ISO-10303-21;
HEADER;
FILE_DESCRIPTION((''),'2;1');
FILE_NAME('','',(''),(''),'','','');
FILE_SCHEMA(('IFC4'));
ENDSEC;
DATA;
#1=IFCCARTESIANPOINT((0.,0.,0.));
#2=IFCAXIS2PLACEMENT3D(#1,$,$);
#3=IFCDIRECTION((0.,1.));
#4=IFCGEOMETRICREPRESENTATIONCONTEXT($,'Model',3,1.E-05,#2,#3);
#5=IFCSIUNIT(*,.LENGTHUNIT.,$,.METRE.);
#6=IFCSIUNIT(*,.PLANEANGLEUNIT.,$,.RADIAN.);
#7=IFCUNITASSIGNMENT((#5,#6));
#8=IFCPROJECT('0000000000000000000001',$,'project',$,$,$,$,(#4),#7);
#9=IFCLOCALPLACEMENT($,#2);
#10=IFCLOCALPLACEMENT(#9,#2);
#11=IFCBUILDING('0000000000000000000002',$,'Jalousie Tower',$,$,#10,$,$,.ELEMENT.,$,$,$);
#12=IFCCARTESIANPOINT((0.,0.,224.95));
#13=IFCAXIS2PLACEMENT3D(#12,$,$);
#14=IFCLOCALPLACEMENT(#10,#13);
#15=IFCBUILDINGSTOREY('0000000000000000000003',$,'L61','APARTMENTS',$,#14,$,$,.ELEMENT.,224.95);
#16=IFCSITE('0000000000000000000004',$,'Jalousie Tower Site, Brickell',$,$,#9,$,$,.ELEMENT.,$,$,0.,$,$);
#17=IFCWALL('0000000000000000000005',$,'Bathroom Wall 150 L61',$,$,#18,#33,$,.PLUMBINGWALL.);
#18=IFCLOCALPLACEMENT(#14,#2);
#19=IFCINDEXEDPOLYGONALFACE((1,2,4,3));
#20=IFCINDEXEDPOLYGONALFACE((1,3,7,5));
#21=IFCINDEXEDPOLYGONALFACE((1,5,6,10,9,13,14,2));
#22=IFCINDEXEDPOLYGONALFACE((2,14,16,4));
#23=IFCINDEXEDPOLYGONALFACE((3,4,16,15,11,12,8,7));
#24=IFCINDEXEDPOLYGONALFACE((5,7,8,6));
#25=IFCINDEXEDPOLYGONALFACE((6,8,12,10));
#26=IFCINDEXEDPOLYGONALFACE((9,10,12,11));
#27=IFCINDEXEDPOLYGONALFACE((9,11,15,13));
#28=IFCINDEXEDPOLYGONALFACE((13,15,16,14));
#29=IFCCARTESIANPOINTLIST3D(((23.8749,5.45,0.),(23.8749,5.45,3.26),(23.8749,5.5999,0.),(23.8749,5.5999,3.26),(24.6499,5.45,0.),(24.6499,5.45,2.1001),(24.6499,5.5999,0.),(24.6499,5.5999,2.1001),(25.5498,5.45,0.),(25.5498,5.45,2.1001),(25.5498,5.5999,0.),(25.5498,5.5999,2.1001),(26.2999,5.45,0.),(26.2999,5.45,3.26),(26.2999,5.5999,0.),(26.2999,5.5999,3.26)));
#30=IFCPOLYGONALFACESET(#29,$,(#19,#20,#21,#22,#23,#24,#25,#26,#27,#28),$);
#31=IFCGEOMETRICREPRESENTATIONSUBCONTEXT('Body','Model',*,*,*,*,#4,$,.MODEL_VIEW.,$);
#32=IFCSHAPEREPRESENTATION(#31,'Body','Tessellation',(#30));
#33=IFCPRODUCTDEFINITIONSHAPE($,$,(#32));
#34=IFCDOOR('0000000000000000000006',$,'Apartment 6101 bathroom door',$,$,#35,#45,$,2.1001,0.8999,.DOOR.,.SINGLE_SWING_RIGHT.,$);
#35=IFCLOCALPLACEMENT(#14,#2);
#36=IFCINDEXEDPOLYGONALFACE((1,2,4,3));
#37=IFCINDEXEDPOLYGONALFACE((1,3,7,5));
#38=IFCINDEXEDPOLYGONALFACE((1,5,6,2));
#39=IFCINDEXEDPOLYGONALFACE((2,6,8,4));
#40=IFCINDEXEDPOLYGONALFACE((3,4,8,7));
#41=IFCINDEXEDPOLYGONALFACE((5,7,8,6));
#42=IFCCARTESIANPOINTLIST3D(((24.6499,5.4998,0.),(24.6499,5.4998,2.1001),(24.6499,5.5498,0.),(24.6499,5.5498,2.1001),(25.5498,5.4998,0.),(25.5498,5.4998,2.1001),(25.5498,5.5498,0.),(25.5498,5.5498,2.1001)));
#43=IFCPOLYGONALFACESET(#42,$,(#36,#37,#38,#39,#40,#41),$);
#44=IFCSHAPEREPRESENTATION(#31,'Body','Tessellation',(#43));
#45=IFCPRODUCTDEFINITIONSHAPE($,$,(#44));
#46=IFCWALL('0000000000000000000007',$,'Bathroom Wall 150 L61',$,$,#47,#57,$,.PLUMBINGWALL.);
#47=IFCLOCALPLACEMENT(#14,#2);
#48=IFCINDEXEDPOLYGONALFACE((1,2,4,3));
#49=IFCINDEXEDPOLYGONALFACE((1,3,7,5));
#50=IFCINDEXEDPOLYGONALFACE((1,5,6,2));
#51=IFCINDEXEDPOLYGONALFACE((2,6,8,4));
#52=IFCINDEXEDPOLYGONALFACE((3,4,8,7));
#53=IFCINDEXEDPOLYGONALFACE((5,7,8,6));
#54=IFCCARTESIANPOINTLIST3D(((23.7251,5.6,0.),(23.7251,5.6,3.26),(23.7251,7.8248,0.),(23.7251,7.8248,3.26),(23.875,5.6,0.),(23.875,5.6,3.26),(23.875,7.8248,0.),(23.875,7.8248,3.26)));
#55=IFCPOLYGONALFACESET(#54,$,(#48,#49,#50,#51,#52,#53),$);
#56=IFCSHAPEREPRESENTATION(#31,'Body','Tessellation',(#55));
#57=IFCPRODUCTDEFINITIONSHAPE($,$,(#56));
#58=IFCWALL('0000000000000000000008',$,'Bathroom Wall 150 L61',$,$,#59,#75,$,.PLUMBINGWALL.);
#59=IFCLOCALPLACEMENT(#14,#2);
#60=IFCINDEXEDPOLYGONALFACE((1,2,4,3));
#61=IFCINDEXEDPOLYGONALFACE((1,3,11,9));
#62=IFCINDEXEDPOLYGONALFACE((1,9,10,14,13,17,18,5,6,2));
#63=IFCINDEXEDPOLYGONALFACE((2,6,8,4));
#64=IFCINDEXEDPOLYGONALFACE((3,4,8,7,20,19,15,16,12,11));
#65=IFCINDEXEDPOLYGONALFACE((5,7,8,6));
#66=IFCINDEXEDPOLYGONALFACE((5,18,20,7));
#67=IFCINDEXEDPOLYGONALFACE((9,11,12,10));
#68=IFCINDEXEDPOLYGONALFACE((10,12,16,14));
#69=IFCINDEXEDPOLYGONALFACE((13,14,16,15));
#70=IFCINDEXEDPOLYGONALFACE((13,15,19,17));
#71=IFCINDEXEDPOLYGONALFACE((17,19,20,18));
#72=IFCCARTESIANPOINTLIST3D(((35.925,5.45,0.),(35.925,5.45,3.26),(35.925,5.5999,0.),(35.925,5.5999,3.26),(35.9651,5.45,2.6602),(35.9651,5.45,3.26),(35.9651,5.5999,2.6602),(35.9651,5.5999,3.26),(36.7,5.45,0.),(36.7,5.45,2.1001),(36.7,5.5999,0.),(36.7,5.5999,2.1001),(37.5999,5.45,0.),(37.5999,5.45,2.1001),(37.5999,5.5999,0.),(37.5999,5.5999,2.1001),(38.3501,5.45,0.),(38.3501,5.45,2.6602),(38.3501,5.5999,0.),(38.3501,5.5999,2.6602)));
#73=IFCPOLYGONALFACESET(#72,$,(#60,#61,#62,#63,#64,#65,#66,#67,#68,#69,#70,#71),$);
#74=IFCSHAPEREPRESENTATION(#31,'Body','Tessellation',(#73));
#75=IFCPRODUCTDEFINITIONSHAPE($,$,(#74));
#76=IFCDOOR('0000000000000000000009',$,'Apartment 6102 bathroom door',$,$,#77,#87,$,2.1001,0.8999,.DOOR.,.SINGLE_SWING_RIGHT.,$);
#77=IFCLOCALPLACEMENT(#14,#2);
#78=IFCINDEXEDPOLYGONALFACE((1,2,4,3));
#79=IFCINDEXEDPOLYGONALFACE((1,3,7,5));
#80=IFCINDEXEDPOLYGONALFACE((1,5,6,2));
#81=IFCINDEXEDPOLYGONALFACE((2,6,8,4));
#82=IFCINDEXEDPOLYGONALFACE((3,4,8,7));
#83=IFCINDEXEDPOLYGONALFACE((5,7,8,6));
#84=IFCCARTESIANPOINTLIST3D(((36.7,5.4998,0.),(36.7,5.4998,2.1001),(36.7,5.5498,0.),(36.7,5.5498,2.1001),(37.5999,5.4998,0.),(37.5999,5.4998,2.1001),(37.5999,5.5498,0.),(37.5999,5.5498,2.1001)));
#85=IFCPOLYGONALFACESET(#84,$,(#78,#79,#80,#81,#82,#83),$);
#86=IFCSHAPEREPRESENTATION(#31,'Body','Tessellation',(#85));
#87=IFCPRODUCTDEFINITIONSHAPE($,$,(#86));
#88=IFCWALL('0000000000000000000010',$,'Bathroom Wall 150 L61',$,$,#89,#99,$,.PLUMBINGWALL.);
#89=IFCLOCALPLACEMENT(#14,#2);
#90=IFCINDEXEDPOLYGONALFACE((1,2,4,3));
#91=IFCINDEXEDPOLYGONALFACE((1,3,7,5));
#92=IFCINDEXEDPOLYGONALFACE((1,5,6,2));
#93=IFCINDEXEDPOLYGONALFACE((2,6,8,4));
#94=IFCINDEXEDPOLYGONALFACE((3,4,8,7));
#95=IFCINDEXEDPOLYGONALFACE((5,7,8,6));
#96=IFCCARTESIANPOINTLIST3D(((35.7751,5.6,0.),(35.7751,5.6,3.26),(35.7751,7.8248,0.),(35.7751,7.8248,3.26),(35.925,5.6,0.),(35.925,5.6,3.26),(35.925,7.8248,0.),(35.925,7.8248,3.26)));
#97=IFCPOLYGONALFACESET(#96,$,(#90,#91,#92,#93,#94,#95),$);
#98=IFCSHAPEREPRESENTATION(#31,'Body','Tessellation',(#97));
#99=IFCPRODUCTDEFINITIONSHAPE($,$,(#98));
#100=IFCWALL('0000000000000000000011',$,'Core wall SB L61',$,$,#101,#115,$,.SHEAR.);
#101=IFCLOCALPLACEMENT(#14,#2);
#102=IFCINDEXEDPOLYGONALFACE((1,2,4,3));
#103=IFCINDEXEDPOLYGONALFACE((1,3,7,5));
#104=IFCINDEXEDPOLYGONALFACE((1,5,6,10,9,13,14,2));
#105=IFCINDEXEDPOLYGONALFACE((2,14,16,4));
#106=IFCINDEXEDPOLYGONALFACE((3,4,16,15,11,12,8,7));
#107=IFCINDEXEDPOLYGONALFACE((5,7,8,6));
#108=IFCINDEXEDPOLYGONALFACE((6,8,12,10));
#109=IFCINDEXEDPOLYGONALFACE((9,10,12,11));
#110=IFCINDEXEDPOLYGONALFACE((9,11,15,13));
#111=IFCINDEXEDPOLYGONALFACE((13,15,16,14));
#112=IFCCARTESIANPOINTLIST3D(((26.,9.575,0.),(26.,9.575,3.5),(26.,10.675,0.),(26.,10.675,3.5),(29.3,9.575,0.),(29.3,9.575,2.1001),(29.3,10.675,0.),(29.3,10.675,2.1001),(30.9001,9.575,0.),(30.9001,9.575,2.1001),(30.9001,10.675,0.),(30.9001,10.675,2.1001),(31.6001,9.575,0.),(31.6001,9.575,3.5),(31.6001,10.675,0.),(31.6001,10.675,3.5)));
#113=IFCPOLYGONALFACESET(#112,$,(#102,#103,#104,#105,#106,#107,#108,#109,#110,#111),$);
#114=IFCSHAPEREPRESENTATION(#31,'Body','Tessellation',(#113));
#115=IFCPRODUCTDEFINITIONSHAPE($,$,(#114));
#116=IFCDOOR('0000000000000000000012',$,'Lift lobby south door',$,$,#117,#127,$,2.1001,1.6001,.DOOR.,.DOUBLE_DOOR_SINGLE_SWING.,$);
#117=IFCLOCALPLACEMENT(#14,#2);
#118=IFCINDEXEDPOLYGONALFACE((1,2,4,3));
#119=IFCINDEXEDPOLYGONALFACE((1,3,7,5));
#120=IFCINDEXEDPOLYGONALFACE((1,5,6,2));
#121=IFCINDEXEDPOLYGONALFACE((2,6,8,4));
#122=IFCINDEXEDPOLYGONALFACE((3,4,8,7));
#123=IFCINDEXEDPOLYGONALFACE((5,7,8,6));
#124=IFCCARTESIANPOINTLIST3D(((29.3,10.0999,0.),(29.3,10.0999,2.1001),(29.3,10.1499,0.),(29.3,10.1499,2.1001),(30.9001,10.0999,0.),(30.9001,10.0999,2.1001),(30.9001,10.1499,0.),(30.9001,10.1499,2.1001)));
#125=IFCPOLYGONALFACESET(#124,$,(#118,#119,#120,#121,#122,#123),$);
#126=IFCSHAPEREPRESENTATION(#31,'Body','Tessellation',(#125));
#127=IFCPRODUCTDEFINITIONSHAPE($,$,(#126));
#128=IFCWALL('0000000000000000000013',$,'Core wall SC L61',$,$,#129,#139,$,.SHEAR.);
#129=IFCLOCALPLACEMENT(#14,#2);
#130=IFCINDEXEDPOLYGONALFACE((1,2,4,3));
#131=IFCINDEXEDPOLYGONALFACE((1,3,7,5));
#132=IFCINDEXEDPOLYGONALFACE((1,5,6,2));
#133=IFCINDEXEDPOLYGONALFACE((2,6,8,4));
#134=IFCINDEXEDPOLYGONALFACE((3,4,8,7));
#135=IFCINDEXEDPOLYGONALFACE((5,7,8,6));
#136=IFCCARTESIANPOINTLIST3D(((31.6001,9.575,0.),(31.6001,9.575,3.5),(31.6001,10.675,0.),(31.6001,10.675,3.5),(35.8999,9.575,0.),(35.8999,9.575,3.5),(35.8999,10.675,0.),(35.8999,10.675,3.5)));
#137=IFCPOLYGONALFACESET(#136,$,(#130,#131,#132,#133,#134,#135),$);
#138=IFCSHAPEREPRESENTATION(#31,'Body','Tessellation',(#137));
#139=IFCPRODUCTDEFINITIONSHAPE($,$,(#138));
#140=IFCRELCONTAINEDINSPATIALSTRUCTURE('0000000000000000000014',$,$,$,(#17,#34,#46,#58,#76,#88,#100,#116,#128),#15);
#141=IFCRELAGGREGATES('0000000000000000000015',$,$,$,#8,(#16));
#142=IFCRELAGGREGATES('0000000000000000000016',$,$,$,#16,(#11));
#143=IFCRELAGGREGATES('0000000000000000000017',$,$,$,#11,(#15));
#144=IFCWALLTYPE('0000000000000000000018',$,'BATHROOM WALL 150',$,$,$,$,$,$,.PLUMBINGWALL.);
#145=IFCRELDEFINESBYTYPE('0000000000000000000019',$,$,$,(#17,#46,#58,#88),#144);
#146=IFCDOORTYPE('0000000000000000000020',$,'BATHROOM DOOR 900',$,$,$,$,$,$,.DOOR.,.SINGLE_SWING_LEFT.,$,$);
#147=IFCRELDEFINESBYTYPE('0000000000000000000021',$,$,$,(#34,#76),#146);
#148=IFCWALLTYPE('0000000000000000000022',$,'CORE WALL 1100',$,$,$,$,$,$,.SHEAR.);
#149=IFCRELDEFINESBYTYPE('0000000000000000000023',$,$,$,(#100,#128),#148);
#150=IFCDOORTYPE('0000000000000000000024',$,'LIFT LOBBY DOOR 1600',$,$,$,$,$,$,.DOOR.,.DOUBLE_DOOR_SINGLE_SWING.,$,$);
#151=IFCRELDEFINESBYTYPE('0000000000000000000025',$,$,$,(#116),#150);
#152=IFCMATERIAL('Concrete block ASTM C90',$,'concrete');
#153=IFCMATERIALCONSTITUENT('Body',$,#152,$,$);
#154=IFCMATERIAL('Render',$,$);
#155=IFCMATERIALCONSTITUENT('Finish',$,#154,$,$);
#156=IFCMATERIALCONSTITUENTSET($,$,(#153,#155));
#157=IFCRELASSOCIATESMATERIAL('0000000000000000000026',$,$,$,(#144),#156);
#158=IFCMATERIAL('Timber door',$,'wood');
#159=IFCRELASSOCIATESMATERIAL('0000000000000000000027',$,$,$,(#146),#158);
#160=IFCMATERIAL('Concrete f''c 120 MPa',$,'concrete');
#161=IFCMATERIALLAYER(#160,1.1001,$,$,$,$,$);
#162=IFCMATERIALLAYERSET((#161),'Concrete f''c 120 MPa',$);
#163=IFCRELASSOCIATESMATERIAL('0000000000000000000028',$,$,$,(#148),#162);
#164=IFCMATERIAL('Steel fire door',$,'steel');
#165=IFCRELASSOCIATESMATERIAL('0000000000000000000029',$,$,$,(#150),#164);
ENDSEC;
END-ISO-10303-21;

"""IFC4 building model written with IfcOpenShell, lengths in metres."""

from ifc_helpers import new_model, si_unit, direction, frame, frame_2d, origin, place, context, subcontext, project, spatial, polyline, rectangle, outline, extrude, material, layer, layer_set, constituent, constituent_set, type_object, element, fill, save


model = new_model("IFC4")

# Units and contexts
model_context = context("Model", 3, precision=1e-05, world=origin(), true_north=direction((0.0, 1.0)))
body_context = subcontext(model_context, "Body", "Model", "MODEL_VIEW")
ifc_project = project(units=[si_unit("LENGTHUNIT", "METRE"), si_unit("PLANEANGLEUNIT", "RADIAN")], contexts=[model_context])

# Site, building, storey
site_placement = place(None, origin())
site = spatial("IfcSite", under=ifc_project, at=site_placement, Name="Jalousie Tower Site, Brickell", CompositionType="ELEMENT", RefElevation=0.0)
building_placement = place(site_placement, origin())
building = spatial("IfcBuilding", under=site, at=building_placement, Name="Jalousie Tower", CompositionType="ELEMENT")
storey_placement = place(building_placement, frame((0.0, 0.0, 224.95)))
storey = spatial("IfcBuildingStorey", under=building, at=storey_placement, Name="L61", Description="APARTMENTS", CompositionType="ELEMENT", Elevation=224.95)

# Wall, opening, door
ifc_material_1 = material(Name="Concrete block ASTM C90", Category="concrete")
ifc_constituent_1 = constituent(ifc_material_1, Name="Body")
ifc_material_2 = material(Name="Render")
ifc_constituent_2 = constituent(ifc_material_2, Name="Finish")
ifc_constituent_set_1 = constituent_set(constituents=[ifc_constituent_1, ifc_constituent_2])
wall_type_1 = type_object("IfcWallType", Name="BATHROOM WALL 150", PredefinedType="PLUMBINGWALL", material=ifc_constituent_set_1)
wall_1_placement = place(storey_placement, frame((23.875, 5.5249, 0.0), z_axis=(0.0, 0.0, 1.0), x_axis=(1.0, 0.0, 0.0)))
wall_1 = element("IfcWall", 1, at=wall_1_placement, inside=storey, type_object=wall_type_1, Name="Bathroom Wall 150 L61", PredefinedType="PLUMBINGWALL", context=body_context, shape_type="SweptSolid", body=[
    extrude(rectangle(XDim=2.425, YDim=0.1499, at=frame_2d((1.2124, 0.0))), origin(), (0.0, 0.0, 1.0), 3.26),
])
opening_1_placement = place(wall_1_placement, frame((0.7749, 0.0, 0.0)))
opening_1 = element("IfcOpeningElement", 2, at=opening_1_placement, cuts=wall_1, PredefinedType="OPENING", context=body_context, shape_type="SweptSolid", body=[
    extrude(rectangle(XDim=0.8999, YDim=2.1001, at=frame_2d((0.45, 1.05))), frame((0.0, 0.085, 0.0), z_axis=(0.0, -1.0, 0.0), x_axis=(1.0, 0.0, 0.0)), (0.0, 0.0, 1.0), 0.1699),
])
ifc_material_3 = material(Name="Timber door", Category="wood")
door_type_1 = type_object("IfcDoorType", Name="BATHROOM DOOR 900", OperationType="SINGLE_SWING_LEFT", PredefinedType="DOOR", material=ifc_material_3)
door_1_placement = place(opening_1_placement, origin())
door_1 = element("IfcDoor", 3, at=door_1_placement, inside=storey, type_object=door_type_1, Name="Apartment 6101 bathroom door", OperationType="SINGLE_SWING_RIGHT", OverallHeight=2.1001, OverallWidth=0.8999, PredefinedType="DOOR", context=body_context, shape_type="SweptSolid", body=[
    extrude(rectangle(XDim=0.8999, YDim=2.1001, at=frame_2d((0.45, 1.05))), frame((0.0, 0.0249, 0.0), z_axis=(0.0, -1.0, 0.0), x_axis=(1.0, 0.0, 0.0)), (0.0, 0.0, 1.0), 0.05),
])
fill(opening_1, door_1)

# Wall
wall_2_placement = place(storey_placement, frame((23.8, 5.6001, 0.0), z_axis=(0.0, 0.0, 1.0), x_axis=(0.0, 1.0, 0.0)))
element("IfcWall", 4, at=wall_2_placement, inside=storey, type_object=wall_type_1, Name="Bathroom Wall 150 L61", PredefinedType="PLUMBINGWALL", context=body_context, shape_type="SweptSolid", body=[
    extrude(rectangle(XDim=2.2249, YDim=0.1499, at=frame_2d((1.1123, 0.0))), origin(), (0.0, 0.0, 1.0), 3.26),
])

# Wall, opening, door
wall_3_placement = place(storey_placement, frame((35.925, 5.5249, 0.0), z_axis=(0.0, 0.0, 1.0), x_axis=(1.0, 0.0, 0.0)))
wall_3 = element("IfcWall", 5, at=wall_3_placement, inside=storey, type_object=wall_type_1, Name="Bathroom Wall 150 L61", PredefinedType="PLUMBINGWALL", context=body_context, shape_type="SweptSolid", body=[
    extrude(outline(polyline([(0.0, 0.0), (2.425, 0.0), (2.425, 3.26), (2.425, 2.6602), (0.04, 2.6602), (0.04, 3.26), (0.0, 3.26), (0.0, 0.0)])), frame((0.0, 0.075, 0.0), z_axis=(0.0, -1.0, 0.0), x_axis=(1.0, 0.0, 0.0)), (0.0, 0.0, 1.0), 0.1499),
])
opening_2_placement = place(wall_3_placement, frame((0.7749, 0.0, 0.0)))
opening_2 = element("IfcOpeningElement", 6, at=opening_2_placement, cuts=wall_3, PredefinedType="OPENING", context=body_context, shape_type="SweptSolid", body=[
    extrude(rectangle(XDim=0.8999, YDim=2.1001, at=frame_2d((0.45, 1.05))), frame((0.0, 0.085, 0.0), z_axis=(0.0, -1.0, 0.0), x_axis=(1.0, 0.0, 0.0)), (0.0, 0.0, 1.0), 0.1699),
])
door_2_placement = place(opening_2_placement, origin())
door_2 = element("IfcDoor", 7, at=door_2_placement, inside=storey, type_object=door_type_1, Name="Apartment 6102 bathroom door", OperationType="SINGLE_SWING_RIGHT", OverallHeight=2.1001, OverallWidth=0.8999, PredefinedType="DOOR", context=body_context, shape_type="SweptSolid", body=[
    extrude(rectangle(XDim=0.8999, YDim=2.1001, at=frame_2d((0.45, 1.05))), frame((0.0, 0.0249, 0.0), z_axis=(0.0, -1.0, 0.0), x_axis=(1.0, 0.0, 0.0)), (0.0, 0.0, 1.0), 0.05),
])
fill(opening_2, door_2)

# Wall
wall_4_placement = place(storey_placement, frame((35.8501, 5.6001, 0.0), z_axis=(0.0, 0.0, 1.0), x_axis=(0.0, 1.0, 0.0)))
element("IfcWall", 8, at=wall_4_placement, inside=storey, type_object=wall_type_1, Name="Bathroom Wall 150 L61", PredefinedType="PLUMBINGWALL", context=body_context, shape_type="SweptSolid", body=[
    extrude(rectangle(XDim=2.2249, YDim=0.1499, at=frame_2d((1.1123, 0.0))), origin(), (0.0, 0.0, 1.0), 3.26),
])

# Wall, opening, door
ifc_material_4 = material(Name="Concrete f'c 120 MPa", Category="concrete")
ifc_layer = layer(ifc_material_4, 1.1001)
ifc_layer_set = layer_set([ifc_layer], Name="Concrete f'c 120 MPa")
wall_type_2 = type_object("IfcWallType", Name="CORE WALL 1100", PredefinedType="SHEAR", material=ifc_layer_set)
wall_5_placement = place(storey_placement, frame((26.0, 10.125, 0.0), z_axis=(0.0, 0.0, 1.0), x_axis=(1.0, 0.0, 0.0)))
wall_5 = element("IfcWall", 9, at=wall_5_placement, inside=storey, type_object=wall_type_2, Name="Core wall SB L61", PredefinedType="SHEAR", context=body_context, shape_type="SweptSolid", body=[
    extrude(rectangle(XDim=5.6001, YDim=1.1001, at=frame_2d((2.8, 0.0))), origin(), (0.0, 0.0, 1.0), 3.5),
])
opening_3_placement = place(wall_5_placement, frame((3.3, 0.0, 0.0)))
opening_3 = element("IfcOpeningElement", 10, at=opening_3_placement, cuts=wall_5, PredefinedType="OPENING", context=body_context, shape_type="SweptSolid", body=[
    extrude(rectangle(XDim=1.6001, YDim=2.1001, at=frame_2d((0.8, 1.05))), frame((0.0, 0.5601, 0.0), z_axis=(0.0, -1.0, 0.0), x_axis=(1.0, 0.0, 0.0)), (0.0, 0.0, 1.0), 1.1201),
])
ifc_material_5 = material(Name="Steel fire door", Category="steel")
door_type_2 = type_object("IfcDoorType", Name="LIFT LOBBY DOOR 1600", OperationType="DOUBLE_DOOR_SINGLE_SWING", PredefinedType="DOOR", material=ifc_material_5)
door_3_placement = place(opening_3_placement, origin())
door_3 = element("IfcDoor", 11, at=door_3_placement, inside=storey, type_object=door_type_2, Name="Lift lobby south door", OperationType="DOUBLE_DOOR_SINGLE_SWING", OverallHeight=2.1001, OverallWidth=1.6001, PredefinedType="DOOR", context=body_context, shape_type="SweptSolid", body=[
    extrude(rectangle(XDim=1.6001, YDim=2.1001, at=frame_2d((0.8, 1.05))), frame((0.0, 0.0249, 0.0), z_axis=(0.0, -1.0, 0.0), x_axis=(1.0, 0.0, 0.0)), (0.0, 0.0, 1.0), 0.05),
])
fill(opening_3, door_3)

# Wall
wall_6_placement = place(storey_placement, frame((31.6001, 10.125, 0.0), z_axis=(0.0, 0.0, 1.0), x_axis=(1.0, 0.0, 0.0)))
element("IfcWall", 12, at=wall_6_placement, inside=storey, type_object=wall_type_2, Name="Core wall SC L61", PredefinedType="SHEAR", context=body_context, shape_type="SweptSolid", body=[
    extrude(rectangle(XDim=4.2998, YDim=1.1001, at=frame_2d((2.1499, 0.0))), origin(), (0.0, 0.0, 1.0), 3.5),
])

save(model, "model.ifc")
